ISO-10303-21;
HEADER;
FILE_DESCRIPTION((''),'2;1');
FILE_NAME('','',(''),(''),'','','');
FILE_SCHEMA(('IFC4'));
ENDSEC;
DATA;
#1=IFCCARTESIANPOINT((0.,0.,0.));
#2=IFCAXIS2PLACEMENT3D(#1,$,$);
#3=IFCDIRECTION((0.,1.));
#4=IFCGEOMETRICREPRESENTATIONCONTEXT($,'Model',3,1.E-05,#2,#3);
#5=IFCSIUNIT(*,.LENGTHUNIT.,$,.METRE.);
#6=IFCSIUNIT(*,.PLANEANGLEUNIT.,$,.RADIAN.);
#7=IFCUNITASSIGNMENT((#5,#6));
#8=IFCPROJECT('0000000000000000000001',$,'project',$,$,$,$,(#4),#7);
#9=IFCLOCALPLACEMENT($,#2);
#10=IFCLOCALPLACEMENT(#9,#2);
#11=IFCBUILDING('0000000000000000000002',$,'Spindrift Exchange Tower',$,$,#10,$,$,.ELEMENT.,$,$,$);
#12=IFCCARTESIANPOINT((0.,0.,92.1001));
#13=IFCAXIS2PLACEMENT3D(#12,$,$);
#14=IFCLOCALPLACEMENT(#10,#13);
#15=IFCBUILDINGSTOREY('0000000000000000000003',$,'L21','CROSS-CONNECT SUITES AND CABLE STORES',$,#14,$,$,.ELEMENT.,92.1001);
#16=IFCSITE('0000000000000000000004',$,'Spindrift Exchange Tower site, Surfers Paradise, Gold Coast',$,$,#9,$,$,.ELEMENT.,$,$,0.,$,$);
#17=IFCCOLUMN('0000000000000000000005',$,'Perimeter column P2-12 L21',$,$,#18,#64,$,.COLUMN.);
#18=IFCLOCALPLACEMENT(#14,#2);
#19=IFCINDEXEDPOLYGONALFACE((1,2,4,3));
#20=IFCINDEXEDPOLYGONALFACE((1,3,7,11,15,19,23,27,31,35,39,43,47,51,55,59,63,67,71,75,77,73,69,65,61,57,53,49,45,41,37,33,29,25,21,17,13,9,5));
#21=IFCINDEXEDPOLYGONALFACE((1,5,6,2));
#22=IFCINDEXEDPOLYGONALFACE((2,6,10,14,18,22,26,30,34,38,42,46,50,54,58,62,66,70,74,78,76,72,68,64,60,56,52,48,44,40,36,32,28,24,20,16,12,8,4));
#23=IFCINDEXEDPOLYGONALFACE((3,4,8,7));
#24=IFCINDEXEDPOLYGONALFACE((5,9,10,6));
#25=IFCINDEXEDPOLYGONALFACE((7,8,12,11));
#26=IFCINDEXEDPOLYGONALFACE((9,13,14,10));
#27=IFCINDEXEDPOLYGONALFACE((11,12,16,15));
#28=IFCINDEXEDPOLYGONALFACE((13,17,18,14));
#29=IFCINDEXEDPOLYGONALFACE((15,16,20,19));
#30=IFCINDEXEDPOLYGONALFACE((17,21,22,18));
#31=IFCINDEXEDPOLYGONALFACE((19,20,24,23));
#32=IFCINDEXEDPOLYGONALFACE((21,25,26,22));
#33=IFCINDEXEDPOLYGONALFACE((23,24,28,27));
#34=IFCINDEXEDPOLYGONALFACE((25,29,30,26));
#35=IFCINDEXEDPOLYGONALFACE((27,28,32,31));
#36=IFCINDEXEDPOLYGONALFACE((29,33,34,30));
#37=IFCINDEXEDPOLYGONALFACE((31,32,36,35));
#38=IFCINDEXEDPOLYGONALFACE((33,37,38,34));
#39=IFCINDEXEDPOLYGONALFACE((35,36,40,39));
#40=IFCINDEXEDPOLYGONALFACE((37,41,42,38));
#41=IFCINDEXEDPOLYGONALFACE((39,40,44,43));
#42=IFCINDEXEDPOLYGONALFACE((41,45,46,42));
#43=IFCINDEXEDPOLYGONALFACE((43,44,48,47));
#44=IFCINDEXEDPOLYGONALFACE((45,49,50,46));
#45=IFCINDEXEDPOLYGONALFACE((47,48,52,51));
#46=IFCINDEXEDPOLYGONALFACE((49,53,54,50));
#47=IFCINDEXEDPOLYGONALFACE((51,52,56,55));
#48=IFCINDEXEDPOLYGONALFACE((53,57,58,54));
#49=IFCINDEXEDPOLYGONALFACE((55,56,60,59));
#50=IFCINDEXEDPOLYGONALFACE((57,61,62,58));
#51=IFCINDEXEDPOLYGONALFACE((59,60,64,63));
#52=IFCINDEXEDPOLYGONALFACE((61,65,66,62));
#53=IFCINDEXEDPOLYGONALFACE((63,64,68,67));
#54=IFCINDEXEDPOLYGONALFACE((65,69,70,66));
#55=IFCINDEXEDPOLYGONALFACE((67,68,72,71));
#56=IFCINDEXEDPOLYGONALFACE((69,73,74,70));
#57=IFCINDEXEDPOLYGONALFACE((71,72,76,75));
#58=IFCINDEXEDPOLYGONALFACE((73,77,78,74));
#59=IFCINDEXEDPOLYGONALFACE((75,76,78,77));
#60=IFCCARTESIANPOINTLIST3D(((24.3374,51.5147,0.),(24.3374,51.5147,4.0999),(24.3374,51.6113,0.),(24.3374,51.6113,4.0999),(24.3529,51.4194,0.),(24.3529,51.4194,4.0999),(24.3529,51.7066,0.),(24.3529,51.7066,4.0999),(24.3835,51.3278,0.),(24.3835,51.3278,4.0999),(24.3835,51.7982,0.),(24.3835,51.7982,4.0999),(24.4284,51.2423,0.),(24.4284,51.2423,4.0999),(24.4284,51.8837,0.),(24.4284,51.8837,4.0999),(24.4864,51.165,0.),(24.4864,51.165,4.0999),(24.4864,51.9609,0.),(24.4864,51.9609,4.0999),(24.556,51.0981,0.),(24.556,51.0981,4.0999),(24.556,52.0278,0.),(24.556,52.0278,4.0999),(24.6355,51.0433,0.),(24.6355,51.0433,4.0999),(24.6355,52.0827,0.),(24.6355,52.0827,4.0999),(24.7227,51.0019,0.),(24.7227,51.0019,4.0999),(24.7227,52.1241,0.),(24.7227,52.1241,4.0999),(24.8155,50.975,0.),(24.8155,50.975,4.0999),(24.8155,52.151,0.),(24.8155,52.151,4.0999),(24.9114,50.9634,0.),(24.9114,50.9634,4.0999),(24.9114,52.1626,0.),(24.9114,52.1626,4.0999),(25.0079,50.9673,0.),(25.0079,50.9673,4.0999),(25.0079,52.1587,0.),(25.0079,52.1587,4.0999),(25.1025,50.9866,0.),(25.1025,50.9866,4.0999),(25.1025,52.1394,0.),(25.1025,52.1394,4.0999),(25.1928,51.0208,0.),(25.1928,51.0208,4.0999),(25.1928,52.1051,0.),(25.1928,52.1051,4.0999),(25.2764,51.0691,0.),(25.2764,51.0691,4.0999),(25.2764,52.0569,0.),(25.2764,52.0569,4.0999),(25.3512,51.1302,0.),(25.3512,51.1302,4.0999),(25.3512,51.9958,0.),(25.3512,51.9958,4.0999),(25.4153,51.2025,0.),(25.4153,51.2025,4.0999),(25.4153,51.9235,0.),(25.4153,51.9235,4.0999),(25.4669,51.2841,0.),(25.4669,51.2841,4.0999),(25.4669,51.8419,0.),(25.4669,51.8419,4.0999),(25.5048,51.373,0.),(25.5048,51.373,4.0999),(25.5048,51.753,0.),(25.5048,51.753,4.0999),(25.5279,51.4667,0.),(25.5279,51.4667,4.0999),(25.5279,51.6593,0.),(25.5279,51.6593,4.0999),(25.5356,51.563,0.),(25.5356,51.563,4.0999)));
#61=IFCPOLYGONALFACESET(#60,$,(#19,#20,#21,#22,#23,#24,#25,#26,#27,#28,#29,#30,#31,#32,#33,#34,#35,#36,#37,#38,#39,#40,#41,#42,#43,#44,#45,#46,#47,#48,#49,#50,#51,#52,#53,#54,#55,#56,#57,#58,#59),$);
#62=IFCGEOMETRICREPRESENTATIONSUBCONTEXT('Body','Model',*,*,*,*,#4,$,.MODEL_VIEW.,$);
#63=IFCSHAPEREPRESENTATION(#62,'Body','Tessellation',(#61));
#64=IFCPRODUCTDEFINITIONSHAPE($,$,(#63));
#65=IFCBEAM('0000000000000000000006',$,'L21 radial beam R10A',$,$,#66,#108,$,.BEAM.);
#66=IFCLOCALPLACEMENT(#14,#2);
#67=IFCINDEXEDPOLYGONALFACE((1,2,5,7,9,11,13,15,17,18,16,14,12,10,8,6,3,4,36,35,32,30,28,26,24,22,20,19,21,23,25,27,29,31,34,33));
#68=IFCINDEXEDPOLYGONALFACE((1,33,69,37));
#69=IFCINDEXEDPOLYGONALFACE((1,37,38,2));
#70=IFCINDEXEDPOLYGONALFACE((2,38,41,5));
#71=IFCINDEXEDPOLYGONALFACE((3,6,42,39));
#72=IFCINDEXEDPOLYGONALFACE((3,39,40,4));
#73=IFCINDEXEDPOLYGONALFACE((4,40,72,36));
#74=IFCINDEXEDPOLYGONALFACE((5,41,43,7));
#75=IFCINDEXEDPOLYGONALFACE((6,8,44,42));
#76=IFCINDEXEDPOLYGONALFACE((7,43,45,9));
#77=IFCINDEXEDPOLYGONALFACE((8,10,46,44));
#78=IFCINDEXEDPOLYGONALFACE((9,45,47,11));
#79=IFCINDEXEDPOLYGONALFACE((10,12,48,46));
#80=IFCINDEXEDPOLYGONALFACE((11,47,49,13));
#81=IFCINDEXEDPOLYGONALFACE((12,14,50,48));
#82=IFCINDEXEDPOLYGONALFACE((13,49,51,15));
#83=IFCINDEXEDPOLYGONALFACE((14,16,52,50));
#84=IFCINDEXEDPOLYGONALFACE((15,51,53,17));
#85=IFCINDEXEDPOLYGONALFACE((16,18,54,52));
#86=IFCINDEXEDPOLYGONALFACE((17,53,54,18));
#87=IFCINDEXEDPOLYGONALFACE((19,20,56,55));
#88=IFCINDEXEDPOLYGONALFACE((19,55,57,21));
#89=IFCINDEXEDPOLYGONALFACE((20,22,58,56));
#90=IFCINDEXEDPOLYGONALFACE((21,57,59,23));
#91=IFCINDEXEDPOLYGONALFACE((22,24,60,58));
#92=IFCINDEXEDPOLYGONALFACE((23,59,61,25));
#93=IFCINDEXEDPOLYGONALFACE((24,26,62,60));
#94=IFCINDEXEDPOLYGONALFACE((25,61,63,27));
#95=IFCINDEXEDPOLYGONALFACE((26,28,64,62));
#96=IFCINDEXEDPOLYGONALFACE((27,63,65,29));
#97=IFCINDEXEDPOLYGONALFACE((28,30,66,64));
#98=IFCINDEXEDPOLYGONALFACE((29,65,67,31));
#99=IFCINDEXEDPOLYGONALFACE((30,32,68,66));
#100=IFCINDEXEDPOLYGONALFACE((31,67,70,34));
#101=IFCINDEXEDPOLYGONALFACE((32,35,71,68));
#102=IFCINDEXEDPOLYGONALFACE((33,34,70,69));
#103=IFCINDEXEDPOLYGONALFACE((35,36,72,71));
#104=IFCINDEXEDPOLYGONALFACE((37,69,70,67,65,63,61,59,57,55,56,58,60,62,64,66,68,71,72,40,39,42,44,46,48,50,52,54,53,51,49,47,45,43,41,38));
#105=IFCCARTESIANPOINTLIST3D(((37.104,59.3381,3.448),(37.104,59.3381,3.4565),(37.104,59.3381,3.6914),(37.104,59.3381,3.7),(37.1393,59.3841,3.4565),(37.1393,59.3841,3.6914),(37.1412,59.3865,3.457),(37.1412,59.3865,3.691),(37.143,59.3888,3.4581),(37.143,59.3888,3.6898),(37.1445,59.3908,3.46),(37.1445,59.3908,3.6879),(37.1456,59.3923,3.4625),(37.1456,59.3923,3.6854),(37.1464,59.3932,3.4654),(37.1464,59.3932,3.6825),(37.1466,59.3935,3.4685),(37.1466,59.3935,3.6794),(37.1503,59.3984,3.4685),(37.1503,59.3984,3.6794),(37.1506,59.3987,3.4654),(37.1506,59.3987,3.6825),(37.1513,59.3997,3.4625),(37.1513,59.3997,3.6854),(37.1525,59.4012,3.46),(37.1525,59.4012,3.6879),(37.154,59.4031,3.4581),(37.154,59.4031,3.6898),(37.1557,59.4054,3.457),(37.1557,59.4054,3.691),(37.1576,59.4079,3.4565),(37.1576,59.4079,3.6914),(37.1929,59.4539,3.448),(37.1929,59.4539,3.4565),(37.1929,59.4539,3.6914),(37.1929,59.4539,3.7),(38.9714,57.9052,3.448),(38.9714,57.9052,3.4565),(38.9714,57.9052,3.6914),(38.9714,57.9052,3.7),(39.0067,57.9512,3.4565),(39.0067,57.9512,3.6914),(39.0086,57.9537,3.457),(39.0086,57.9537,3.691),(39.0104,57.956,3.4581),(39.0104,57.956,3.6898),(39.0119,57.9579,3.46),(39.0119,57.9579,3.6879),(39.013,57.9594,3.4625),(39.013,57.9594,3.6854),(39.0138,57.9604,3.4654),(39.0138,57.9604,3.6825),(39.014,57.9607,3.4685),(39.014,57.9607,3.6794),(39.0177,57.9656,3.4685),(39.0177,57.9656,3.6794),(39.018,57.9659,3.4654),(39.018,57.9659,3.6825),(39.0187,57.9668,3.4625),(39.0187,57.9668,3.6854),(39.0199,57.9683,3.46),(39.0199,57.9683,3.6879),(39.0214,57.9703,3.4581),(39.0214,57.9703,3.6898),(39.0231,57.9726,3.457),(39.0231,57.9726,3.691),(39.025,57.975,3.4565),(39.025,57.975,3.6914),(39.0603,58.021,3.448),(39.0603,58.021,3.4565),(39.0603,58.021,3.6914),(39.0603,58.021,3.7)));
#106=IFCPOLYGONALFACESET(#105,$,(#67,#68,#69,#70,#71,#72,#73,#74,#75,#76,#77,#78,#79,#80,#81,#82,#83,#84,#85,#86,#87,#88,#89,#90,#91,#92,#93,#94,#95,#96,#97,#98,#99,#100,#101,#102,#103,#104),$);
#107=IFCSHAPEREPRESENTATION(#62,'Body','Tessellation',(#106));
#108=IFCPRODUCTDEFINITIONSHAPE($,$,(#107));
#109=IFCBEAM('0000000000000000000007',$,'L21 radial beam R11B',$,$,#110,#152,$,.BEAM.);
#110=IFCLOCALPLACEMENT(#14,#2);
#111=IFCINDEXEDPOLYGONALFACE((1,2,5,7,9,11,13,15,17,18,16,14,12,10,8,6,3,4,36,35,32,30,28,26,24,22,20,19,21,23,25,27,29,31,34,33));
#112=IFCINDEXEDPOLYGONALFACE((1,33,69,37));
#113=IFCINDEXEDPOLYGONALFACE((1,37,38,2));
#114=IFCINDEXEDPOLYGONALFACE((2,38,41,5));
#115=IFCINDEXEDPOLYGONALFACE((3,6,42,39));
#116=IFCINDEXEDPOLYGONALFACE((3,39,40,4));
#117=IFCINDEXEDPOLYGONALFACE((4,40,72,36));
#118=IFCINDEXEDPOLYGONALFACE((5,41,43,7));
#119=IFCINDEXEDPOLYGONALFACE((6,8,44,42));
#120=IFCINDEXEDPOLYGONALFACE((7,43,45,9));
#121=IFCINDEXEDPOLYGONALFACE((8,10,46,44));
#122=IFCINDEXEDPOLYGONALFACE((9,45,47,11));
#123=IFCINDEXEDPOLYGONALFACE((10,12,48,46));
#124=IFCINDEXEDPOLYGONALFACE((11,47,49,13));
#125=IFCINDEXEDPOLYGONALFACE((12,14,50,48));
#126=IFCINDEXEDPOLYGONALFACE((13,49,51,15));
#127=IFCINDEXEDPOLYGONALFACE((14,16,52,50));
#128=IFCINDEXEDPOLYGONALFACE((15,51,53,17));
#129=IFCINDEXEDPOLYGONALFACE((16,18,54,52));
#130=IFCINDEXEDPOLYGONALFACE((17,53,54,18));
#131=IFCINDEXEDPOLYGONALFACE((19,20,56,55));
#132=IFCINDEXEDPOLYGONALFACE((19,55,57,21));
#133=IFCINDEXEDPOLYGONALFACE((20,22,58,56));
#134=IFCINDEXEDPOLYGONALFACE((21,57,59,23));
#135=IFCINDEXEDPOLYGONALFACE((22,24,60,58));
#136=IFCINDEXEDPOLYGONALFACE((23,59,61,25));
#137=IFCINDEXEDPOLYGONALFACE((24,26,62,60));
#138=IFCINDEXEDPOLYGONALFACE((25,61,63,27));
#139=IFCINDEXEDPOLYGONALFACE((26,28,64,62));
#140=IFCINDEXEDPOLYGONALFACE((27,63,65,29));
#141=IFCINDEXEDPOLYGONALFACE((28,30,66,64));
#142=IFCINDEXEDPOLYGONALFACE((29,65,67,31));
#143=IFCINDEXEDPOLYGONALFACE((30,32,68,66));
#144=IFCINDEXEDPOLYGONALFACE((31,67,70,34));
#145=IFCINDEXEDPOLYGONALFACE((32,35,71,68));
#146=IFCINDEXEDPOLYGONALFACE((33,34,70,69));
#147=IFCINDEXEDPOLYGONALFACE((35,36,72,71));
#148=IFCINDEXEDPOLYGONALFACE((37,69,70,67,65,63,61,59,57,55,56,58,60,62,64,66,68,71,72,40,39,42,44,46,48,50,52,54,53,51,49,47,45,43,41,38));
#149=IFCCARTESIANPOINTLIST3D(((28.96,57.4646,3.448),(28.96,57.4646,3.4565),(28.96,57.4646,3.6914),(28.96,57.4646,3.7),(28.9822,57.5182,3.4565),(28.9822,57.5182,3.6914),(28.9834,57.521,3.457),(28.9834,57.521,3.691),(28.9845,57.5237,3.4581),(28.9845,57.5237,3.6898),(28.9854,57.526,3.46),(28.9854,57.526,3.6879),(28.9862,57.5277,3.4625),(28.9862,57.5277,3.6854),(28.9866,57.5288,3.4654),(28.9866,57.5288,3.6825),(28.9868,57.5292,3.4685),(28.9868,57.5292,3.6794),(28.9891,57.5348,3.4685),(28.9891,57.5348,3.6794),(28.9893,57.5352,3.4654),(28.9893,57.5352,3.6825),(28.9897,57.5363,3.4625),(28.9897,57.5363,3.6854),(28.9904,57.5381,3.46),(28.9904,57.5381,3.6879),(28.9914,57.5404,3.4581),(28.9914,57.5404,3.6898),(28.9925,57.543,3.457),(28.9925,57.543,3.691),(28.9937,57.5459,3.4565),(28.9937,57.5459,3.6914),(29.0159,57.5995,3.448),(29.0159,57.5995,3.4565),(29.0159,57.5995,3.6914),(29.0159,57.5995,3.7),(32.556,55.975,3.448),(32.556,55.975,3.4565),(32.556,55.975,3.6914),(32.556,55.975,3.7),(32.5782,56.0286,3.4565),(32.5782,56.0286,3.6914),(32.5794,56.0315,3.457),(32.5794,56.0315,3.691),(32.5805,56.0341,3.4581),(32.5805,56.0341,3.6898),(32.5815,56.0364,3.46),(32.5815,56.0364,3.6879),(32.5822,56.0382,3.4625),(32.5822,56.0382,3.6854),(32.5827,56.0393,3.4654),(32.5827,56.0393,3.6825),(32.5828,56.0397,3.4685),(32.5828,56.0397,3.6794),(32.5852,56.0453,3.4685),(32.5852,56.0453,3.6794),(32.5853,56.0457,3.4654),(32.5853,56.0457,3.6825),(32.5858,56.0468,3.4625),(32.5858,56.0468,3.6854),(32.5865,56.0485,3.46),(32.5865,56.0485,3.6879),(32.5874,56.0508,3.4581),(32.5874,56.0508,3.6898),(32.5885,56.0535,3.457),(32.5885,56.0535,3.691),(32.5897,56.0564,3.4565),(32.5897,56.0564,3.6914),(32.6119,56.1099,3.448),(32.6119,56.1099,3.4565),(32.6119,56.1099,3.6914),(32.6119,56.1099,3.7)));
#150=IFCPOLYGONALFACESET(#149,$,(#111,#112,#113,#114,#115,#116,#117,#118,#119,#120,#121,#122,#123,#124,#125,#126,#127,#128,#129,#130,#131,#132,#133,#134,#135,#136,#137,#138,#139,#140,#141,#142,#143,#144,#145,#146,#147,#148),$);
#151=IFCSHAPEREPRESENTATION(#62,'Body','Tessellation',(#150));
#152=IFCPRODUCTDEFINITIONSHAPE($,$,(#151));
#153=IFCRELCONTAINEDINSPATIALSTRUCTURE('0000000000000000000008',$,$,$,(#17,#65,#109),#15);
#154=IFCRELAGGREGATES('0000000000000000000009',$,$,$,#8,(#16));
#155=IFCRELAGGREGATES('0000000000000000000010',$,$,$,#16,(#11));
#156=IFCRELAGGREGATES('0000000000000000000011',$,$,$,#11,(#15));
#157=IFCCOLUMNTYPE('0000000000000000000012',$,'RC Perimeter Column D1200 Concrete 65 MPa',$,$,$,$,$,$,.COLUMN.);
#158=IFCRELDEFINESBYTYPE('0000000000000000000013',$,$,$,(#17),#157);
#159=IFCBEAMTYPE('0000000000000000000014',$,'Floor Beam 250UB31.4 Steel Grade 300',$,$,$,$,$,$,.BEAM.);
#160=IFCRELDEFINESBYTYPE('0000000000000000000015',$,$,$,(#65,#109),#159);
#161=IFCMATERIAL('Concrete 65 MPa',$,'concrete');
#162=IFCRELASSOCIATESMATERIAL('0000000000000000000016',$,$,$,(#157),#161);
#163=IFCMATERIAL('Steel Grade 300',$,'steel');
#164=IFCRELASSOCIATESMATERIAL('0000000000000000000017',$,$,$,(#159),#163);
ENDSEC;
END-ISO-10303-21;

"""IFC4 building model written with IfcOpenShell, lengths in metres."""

from ifc_helpers import new_model, si_unit, direction, frame, origin, origin_2d, place, context, subcontext, project, spatial, circle, i_section, extrude, source, transform, mapped, material, material_profile, profile_set, type_object, element, save


model = new_model("IFC4")

# Units and contexts
model_context = context("Model", 3, precision=1e-05, world=origin(), true_north=direction((0.0, 1.0)))
body_context = subcontext(model_context, "Body", "Model", "MODEL_VIEW")
ifc_project = project(units=[si_unit("LENGTHUNIT", "METRE"), si_unit("PLANEANGLEUNIT", "RADIAN")], contexts=[model_context])

# Site, building, storey
site_placement = place(None, origin())
site = spatial("IfcSite", under=ifc_project, at=site_placement, Name="Spindrift Exchange Tower site, Surfers Paradise, Gold Coast", CompositionType="ELEMENT", RefElevation=0.0)
building_placement = place(site_placement, origin())
building = spatial("IfcBuilding", under=site, at=building_placement, Name="Spindrift Exchange Tower", CompositionType="ELEMENT")
storey_placement = place(building_placement, frame((0.0, 0.0, 92.1001)))
storey = spatial("IfcBuildingStorey", under=building, at=storey_placement, Name="L21", Description="CROSS-CONNECT SUITES AND CABLE STORES", CompositionType="ELEMENT", Elevation=92.1001)

# Column
ifc_material_1 = material(Name="Concrete 65 MPa", Category="concrete")
ifc_material_profile_1 = material_profile(ifc_material_1, circle(Radius=0.6001, at=origin_2d()), Name="RC D1200")
ifc_profile_set_1 = profile_set([ifc_material_profile_1], Name="Concrete 65 MPa")
column_type_1 = type_object("IfcColumnType", Name="RC Perimeter Column D1200 Concrete 65 MPa", PredefinedType="COLUMN", material=ifc_profile_set_1)
shared_shape_1 = source(origin(), body_context, "Body", "SweptSolid", [
    extrude(circle(Radius=0.6001, at=origin_2d()), origin(), (0.0, 0.0, 1.0), 4.0999),
])
for number, where, z_axis, x_axis, name in (
    (1, (24.9355, 51.563, 0.0), (0.0, 0.0, 1.0), (1.0, 0.0, 0.0), "Perimeter column P2-12 L21"),
):
    element("IfcColumn", number, at=place(storey_placement, frame(where, z_axis=z_axis, x_axis=x_axis)), inside=storey, type_object=column_type_1, Name=name, PredefinedType="COLUMN", context=body_context, shape_type="MappedRepresentation", body=[
        mapped(shared_shape_1, transform((0.0, 0.0, 0.0), scale=1.0)),
    ])

# Beams
ifc_material_2 = material(Name="Steel Grade 300", Category="steel")
ifc_material_profile_2 = material_profile(ifc_material_2, i_section(OverallWidth=0.146, OverallDepth=0.252, WebThickness=0.0061, FlangeThickness=0.0085, FilletRadius=0.012, at=origin_2d()), Name="250UB31.4")
ifc_profile_set_2 = profile_set([ifc_material_profile_2], Name="Steel Grade 300")
beam_type_1 = type_object("IfcBeamType", Name="Floor Beam 250UB31.4 Steel Grade 300", PredefinedType="BEAM", material=ifc_profile_set_2)
shared_shape_2 = source(origin(), body_context, "Body", "SweptSolid", [
    extrude(i_section(OverallWidth=0.146, OverallDepth=0.252, WebThickness=0.0061, FlangeThickness=0.0085, FilletRadius=0.012, at=origin_2d()), origin(), (0.0, 0.0, 1.0), 2.3538),
])
beam_1_placement = place(storey_placement, frame((39.0159, 57.9631, 3.574), z_axis=(-0.793368, 0.608743, 0.0), x_axis=(-0.608743, -0.793368, 0.0)))
element("IfcBeam", 2, at=beam_1_placement, inside=storey, type_object=beam_type_1, Name="L21 radial beam R10A", PredefinedType="BEAM", context=body_context, shape_type="MappedRepresentation", body=[
    mapped(shared_shape_2, transform((0.0, 0.0, 0.0), scale=1.0)),
])
shared_shape_3 = source(origin(), body_context, "Body", "SweptSolid", [
    extrude(i_section(OverallWidth=0.146, OverallDepth=0.252, WebThickness=0.0061, FlangeThickness=0.0085, FilletRadius=0.012, at=origin_2d()), origin(), (0.0, 0.0, 1.0), 3.8923),
])
beam_2_placement = place(storey_placement, frame((32.584, 56.0425, 3.574), z_axis=(-0.923878, 0.382686, 0.0), x_axis=(-0.382686, -0.923878, 0.0)))
element("IfcBeam", 3, at=beam_2_placement, inside=storey, type_object=beam_type_1, Name="L21 radial beam R11B", PredefinedType="BEAM", context=body_context, shape_type="MappedRepresentation", body=[
    mapped(shared_shape_3, transform((0.0, 0.0, 0.0), scale=1.0)),
])

save(model, "model.ifc")
